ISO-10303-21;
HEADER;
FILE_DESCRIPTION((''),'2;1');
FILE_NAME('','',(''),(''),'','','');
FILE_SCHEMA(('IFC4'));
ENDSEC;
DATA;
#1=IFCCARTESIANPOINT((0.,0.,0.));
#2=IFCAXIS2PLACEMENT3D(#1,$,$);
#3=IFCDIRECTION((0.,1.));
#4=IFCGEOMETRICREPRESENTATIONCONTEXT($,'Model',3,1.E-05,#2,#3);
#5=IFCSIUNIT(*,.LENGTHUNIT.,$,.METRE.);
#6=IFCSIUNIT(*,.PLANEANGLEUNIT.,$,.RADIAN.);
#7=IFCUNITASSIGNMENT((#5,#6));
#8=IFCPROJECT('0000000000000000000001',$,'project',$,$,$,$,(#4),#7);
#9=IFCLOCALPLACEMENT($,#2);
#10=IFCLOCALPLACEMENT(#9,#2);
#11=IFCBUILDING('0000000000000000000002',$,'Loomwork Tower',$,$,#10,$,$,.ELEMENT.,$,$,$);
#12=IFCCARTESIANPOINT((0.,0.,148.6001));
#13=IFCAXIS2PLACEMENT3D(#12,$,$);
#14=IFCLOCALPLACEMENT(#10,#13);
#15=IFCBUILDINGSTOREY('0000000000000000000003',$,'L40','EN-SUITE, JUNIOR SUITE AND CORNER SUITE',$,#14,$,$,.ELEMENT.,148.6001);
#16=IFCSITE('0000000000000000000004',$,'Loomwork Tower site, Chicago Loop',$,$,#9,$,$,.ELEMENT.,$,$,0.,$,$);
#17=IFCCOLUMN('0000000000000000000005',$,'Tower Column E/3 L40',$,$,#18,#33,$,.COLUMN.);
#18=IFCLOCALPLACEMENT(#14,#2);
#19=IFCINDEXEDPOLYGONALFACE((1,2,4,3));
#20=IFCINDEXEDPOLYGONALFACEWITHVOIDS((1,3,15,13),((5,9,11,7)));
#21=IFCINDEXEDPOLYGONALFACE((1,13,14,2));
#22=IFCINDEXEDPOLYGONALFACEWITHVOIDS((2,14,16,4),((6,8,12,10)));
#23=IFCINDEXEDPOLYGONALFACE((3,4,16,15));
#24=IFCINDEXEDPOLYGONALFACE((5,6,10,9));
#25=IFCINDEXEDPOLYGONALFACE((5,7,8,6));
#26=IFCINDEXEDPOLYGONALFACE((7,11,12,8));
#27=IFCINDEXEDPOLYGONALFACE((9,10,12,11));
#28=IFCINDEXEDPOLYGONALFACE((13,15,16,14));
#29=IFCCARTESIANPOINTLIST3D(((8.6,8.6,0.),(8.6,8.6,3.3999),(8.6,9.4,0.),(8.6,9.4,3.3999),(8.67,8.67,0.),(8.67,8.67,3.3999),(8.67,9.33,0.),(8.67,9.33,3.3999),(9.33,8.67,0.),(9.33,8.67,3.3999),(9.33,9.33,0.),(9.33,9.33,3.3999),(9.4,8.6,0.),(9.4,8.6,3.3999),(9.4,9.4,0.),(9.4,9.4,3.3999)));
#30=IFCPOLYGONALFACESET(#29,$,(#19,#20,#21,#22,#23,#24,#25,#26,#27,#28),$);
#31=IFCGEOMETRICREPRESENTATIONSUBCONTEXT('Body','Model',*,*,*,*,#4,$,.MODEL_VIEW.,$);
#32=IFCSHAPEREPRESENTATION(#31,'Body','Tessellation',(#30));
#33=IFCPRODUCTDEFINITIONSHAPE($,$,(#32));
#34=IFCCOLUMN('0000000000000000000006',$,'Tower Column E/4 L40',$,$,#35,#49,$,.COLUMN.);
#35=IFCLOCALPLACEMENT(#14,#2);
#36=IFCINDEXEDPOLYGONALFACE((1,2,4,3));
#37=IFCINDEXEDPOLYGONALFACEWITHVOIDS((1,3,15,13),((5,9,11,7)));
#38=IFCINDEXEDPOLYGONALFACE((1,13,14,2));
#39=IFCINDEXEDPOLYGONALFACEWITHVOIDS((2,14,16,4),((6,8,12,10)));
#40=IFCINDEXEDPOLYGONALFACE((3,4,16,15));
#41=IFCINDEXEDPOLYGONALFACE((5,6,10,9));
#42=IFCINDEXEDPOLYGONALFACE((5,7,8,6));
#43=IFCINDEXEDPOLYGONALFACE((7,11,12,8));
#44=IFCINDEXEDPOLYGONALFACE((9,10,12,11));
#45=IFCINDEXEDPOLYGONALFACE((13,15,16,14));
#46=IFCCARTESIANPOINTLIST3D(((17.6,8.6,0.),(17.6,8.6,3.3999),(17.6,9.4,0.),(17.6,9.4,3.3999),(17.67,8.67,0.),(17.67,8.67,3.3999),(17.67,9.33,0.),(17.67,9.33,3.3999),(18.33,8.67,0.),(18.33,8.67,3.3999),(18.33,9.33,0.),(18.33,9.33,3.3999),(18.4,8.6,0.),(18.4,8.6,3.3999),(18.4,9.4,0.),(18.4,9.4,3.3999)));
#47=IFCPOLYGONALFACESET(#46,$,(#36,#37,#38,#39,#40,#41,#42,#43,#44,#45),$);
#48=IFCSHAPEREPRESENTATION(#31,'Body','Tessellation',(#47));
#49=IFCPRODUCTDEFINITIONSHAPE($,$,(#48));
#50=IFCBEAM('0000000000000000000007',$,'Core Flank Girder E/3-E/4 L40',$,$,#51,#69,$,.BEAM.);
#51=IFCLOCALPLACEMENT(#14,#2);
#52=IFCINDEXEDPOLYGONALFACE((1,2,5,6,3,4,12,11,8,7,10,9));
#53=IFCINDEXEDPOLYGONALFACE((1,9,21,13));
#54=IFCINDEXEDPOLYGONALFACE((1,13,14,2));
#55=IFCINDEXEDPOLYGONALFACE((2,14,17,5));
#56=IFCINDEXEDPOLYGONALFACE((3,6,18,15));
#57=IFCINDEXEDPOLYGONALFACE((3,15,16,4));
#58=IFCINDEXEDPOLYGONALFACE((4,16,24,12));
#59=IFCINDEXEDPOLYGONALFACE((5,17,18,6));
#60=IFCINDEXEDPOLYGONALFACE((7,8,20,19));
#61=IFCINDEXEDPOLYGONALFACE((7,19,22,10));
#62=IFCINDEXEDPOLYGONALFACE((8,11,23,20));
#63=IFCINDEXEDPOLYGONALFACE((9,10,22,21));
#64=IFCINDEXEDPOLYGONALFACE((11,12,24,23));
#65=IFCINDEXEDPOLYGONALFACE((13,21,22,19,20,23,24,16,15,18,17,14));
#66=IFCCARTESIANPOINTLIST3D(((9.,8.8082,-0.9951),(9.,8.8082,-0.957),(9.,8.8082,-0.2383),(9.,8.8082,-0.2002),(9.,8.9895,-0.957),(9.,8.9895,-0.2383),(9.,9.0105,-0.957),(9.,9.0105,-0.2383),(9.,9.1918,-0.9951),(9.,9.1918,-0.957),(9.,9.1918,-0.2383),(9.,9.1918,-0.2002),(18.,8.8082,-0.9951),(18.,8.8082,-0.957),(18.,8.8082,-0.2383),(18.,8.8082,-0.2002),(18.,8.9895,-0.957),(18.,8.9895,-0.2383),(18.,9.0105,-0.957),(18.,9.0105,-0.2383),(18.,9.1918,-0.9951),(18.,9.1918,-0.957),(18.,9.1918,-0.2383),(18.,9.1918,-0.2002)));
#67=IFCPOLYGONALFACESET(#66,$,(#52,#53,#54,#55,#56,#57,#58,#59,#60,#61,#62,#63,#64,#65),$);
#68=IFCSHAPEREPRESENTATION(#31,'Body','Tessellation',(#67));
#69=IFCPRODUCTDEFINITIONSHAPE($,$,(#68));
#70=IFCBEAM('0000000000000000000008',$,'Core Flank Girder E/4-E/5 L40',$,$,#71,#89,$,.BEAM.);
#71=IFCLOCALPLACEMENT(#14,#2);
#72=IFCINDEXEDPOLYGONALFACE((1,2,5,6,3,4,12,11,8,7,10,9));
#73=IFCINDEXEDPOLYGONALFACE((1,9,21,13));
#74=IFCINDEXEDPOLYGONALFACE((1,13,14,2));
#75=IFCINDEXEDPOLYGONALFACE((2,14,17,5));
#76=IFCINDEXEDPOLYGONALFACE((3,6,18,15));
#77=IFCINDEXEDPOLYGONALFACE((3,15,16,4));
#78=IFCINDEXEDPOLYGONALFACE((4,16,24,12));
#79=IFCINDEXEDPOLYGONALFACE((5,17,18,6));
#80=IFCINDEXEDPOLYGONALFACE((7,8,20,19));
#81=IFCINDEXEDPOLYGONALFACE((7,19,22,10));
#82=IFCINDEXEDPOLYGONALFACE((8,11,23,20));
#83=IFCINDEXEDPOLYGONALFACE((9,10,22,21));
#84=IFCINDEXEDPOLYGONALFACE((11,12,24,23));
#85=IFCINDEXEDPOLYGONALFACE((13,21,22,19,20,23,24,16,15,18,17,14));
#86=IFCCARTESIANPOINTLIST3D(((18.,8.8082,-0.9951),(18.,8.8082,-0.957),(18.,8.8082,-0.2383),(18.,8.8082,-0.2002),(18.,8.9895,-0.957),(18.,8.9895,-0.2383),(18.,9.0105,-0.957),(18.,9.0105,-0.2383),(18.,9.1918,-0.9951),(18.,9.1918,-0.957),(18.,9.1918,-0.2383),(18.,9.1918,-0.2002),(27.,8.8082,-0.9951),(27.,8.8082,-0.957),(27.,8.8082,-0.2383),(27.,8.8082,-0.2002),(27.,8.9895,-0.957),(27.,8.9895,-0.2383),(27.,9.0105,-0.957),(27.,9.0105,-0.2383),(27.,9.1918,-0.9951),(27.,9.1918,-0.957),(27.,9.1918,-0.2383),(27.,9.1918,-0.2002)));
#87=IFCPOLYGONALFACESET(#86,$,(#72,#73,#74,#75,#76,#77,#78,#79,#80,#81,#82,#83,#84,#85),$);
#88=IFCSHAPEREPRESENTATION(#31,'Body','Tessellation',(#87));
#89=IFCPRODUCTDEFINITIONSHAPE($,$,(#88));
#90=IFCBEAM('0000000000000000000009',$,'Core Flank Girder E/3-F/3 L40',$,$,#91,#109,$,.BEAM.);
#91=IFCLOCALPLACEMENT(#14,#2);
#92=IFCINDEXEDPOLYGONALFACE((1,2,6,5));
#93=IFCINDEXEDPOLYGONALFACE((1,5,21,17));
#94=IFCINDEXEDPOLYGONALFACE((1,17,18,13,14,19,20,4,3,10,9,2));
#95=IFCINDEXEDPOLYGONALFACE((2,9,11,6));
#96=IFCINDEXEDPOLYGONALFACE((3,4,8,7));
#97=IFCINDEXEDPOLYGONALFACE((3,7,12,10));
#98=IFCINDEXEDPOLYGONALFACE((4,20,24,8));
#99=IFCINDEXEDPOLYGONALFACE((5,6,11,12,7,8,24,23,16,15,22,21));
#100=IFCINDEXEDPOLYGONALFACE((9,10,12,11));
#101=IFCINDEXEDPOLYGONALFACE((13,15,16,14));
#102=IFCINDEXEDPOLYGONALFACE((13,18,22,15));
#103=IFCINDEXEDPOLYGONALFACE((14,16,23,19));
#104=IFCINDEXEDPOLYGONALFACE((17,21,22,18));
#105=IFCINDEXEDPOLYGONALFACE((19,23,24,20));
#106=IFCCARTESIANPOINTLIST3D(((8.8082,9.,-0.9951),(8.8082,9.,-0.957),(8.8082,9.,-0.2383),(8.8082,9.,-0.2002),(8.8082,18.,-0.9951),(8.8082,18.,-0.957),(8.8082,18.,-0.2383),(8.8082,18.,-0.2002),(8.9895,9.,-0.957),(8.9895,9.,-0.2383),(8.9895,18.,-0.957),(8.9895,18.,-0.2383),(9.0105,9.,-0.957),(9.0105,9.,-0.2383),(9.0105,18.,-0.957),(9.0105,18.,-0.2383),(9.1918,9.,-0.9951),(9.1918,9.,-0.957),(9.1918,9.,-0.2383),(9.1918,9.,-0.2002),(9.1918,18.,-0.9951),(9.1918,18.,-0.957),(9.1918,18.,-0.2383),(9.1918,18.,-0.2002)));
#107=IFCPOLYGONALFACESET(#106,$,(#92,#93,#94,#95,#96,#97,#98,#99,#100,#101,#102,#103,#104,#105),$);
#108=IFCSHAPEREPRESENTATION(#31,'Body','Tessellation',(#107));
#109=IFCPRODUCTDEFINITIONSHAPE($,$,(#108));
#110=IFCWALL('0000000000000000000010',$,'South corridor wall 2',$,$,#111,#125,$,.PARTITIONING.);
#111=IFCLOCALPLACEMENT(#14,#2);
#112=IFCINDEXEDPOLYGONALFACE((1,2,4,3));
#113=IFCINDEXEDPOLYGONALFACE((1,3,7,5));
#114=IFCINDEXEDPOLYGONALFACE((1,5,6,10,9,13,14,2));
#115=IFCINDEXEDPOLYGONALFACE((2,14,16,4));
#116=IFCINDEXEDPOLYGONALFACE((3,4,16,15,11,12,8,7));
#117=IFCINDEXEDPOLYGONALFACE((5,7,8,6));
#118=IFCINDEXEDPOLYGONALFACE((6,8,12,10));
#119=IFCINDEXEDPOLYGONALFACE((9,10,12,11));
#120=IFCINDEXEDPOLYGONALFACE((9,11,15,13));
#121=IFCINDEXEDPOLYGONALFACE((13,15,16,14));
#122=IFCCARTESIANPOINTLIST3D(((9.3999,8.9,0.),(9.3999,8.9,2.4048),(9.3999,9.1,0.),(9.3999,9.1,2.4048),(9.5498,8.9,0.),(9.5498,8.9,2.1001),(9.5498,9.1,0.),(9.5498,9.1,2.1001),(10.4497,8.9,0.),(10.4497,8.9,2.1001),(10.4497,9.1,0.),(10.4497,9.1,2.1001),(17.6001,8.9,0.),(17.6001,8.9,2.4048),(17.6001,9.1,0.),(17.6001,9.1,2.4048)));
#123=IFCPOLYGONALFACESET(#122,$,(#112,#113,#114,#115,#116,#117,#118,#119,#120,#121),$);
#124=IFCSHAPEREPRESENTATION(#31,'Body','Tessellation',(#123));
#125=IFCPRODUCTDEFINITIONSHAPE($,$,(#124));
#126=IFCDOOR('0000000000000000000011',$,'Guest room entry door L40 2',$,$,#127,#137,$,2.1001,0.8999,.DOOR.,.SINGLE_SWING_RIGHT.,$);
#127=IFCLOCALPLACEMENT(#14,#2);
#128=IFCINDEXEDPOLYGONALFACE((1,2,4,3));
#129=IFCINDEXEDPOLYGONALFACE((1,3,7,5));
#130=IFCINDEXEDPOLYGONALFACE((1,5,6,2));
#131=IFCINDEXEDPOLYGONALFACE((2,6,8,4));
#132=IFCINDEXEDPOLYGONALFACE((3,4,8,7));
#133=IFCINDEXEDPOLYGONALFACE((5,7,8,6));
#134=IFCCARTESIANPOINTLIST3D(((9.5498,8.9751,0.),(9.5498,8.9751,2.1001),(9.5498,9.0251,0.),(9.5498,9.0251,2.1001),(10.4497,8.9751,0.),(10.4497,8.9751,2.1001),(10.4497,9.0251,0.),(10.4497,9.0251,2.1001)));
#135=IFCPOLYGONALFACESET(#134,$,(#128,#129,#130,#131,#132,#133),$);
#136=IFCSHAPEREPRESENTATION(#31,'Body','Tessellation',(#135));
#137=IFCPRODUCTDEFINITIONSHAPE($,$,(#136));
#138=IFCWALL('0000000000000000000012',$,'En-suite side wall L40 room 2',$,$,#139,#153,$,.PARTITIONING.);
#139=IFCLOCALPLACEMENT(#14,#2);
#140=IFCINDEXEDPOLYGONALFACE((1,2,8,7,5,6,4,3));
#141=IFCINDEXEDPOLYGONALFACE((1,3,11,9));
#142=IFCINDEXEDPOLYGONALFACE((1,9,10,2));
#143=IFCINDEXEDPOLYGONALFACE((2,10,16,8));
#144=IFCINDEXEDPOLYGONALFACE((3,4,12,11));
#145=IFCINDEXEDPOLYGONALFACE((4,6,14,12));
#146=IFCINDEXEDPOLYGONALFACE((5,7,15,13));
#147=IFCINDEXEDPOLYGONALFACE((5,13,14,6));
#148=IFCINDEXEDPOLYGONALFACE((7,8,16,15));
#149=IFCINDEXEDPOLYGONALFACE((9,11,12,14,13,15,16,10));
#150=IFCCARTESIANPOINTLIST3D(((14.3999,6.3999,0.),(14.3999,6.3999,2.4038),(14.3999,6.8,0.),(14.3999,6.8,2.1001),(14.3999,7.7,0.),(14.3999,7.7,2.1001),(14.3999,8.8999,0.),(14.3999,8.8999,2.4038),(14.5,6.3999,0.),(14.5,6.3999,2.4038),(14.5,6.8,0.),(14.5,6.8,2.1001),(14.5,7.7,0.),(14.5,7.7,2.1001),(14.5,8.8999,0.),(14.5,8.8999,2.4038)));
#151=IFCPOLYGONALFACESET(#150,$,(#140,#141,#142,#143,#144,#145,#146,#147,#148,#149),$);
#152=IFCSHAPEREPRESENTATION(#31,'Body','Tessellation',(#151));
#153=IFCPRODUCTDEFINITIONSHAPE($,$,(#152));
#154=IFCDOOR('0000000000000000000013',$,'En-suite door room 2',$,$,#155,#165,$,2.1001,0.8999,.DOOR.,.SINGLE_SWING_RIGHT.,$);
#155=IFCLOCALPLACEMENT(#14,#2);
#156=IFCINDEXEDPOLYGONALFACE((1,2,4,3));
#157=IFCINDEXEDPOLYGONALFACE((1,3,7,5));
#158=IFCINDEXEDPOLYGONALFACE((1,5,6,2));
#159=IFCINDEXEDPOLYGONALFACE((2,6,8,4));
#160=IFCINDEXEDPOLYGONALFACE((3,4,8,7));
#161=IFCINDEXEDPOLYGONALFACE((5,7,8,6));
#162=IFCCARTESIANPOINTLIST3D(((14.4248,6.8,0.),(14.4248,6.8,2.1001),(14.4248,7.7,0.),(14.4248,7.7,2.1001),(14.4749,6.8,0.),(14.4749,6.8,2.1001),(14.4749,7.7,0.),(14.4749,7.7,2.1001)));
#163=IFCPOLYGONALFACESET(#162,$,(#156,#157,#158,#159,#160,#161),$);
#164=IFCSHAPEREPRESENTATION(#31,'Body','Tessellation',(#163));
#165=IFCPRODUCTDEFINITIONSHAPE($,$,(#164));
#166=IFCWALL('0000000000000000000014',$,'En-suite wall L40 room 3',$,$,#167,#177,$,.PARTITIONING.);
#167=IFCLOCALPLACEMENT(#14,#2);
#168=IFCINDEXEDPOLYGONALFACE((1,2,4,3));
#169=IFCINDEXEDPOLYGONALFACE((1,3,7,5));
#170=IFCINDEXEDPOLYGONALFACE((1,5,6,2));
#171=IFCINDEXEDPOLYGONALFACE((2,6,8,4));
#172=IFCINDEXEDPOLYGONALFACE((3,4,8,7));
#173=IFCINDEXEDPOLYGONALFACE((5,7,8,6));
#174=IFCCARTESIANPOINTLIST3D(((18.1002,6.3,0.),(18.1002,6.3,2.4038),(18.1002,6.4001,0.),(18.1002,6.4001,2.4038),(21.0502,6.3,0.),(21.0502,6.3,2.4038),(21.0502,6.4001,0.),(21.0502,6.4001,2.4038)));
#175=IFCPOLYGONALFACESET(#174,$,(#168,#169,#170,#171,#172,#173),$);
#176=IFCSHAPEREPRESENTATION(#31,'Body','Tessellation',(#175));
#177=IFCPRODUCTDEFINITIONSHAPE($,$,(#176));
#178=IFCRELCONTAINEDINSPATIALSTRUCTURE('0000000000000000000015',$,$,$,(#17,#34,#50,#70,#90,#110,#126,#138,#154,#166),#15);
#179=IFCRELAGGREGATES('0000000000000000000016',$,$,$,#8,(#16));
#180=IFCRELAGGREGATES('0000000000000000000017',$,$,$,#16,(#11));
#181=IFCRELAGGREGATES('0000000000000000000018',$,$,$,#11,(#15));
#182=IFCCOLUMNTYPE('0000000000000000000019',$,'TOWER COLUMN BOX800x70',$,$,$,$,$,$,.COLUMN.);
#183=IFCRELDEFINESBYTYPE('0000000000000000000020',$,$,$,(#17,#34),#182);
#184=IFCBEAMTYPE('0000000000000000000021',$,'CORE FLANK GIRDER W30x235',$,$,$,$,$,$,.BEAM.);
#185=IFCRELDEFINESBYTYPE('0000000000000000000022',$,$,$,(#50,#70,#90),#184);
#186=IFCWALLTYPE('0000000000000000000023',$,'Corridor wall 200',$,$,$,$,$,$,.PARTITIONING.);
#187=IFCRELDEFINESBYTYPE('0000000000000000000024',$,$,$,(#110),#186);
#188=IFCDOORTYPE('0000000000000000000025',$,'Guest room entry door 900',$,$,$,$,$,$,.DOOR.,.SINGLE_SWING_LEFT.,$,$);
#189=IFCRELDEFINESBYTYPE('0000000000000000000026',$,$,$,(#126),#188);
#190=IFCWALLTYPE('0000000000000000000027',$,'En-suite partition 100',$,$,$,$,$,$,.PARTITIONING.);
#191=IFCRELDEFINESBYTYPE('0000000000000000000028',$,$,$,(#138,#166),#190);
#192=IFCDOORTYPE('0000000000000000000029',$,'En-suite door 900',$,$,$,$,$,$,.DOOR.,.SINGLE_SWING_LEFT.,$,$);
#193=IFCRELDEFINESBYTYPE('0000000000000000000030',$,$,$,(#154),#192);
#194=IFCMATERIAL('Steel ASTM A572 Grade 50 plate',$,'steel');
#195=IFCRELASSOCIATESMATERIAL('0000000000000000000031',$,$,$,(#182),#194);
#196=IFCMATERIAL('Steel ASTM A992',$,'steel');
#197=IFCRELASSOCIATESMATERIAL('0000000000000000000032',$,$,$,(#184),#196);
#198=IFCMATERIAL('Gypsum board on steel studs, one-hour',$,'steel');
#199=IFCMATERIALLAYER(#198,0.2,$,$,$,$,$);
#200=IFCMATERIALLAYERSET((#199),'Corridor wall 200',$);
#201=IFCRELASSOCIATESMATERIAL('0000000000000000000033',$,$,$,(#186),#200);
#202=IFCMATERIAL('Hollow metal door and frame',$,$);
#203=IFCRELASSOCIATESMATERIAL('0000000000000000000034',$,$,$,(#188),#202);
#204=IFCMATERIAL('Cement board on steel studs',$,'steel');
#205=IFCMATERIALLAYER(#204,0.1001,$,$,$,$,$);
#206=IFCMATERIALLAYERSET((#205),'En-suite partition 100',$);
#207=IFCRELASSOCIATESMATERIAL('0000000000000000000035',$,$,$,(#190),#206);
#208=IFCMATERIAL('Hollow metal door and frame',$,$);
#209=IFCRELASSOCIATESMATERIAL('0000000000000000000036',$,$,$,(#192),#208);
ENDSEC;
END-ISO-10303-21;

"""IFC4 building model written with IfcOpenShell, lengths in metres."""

from ifc_helpers import new_model, si_unit, direction, frame, frame_2d, origin, origin_2d, place, context, subcontext, project, spatial, rectangle, hollow_rectangle, i_section, extrude, material, layer, layer_set, material_profile, profile_set, type_object, element, fill, save


model = new_model("IFC4")

# Units and contexts
model_context = context("Model", 3, precision=1e-05, world=origin(), true_north=direction((0.0, 1.0)))
body_context = subcontext(model_context, "Body", "Model", "MODEL_VIEW")
ifc_project = project(units=[si_unit("LENGTHUNIT", "METRE"), si_unit("PLANEANGLEUNIT", "RADIAN")], contexts=[model_context])

# Site, building, storey
site_placement = place(None, origin())
site = spatial("IfcSite", under=ifc_project, at=site_placement, Name="Loomwork Tower site, Chicago Loop", CompositionType="ELEMENT", RefElevation=0.0)
building_placement = place(site_placement, origin())
building = spatial("IfcBuilding", under=site, at=building_placement, Name="Loomwork Tower", CompositionType="ELEMENT")
storey_placement = place(building_placement, frame((0.0, 0.0, 148.6001)))
storey = spatial("IfcBuildingStorey", under=building, at=storey_placement, Name="L40", Description="EN-SUITE, JUNIOR SUITE AND CORNER SUITE", CompositionType="ELEMENT", Elevation=148.6001)

# Columns
ifc_material_1 = material(Name="Steel ASTM A572 Grade 50 plate", Category="steel")
ifc_material_profile_1 = material_profile(ifc_material_1, hollow_rectangle(XDim=0.8, YDim=0.8, WallThickness=0.0701, at=origin_2d()), Name="BOX800x70")
ifc_profile_set_1 = profile_set([ifc_material_profile_1], Name="Steel ASTM A572 Grade 50 plate")
column_type = type_object("IfcColumnType", Name="TOWER COLUMN BOX800x70", PredefinedType="COLUMN", material=ifc_profile_set_1)
for number, where, z_axis, x_axis, name in (
    (1, (9.0, 9.0, 0.0), (0.0, 0.0, 1.0), (1.0, 0.0, 0.0), "Tower Column E/3 L40"),
    (2, (18.0, 9.0, 0.0), (0.0, 0.0, 1.0), (1.0, 0.0, 0.0), "Tower Column E/4 L40"),
):
    element("IfcColumn", number, at=place(storey_placement, frame(where, z_axis=z_axis, x_axis=x_axis)), inside=storey, type_object=column_type, Name=name, PredefinedType="COLUMN", context=body_context, shape_type="SweptSolid", body=[
        extrude(hollow_rectangle(XDim=0.8, YDim=0.8, WallThickness=0.0701, at=origin_2d()), origin(), (0.0, 0.0, 1.0), 3.3999),
    ])

# Beams
ifc_material_2 = material(Name="Steel ASTM A992", Category="steel")
ifc_material_profile_2 = material_profile(ifc_material_2, i_section(OverallWidth=0.3835, OverallDepth=0.7949, WebThickness=0.021, FlangeThickness=0.0381, at=origin_2d()), Name="W30x235")
ifc_profile_set_2 = profile_set([ifc_material_profile_2], Name="Steel ASTM A992")
beam_type = type_object("IfcBeamType", Name="CORE FLANK GIRDER W30x235", PredefinedType="BEAM", material=ifc_profile_set_2)
for number, where, z_axis, x_axis, name in (
    (3, (9.0, 9.0, -0.5977), (1.0, 0.0, 0.0), (0.0, 1.0, 0.0), "Core Flank Girder E/3-E/4 L40"),
    (4, (18.0, 9.0, -0.5977), (1.0, 0.0, 0.0), (0.0, 1.0, 0.0), "Core Flank Girder E/4-E/5 L40"),
    (5, (9.0, 9.0, -0.5977), (0.0, 1.0, 0.0), (-1.0, 0.0, 0.0), "Core Flank Girder E/3-F/3 L40"),
):
    element("IfcBeam", number, at=place(storey_placement, frame(where, z_axis=z_axis, x_axis=x_axis)), inside=storey, type_object=beam_type, Name=name, PredefinedType="BEAM", context=body_context, shape_type="SweptSolid", body=[
        extrude(i_section(OverallWidth=0.3835, OverallDepth=0.7949, WebThickness=0.021, FlangeThickness=0.0381, at=origin_2d()), origin(), (0.0, 0.0, 1.0), 9.0),
    ])

# Walls, openings, doors
ifc_material_3 = material(Name="Gypsum board on steel studs, one-hour", Category="steel")
ifc_layer_1 = layer(ifc_material_3, 0.2)
ifc_layer_set_1 = layer_set([ifc_layer_1], Name="Corridor wall 200")
wall_type_1 = type_object("IfcWallType", Name="Corridor wall 200", PredefinedType="PARTITIONING", material=ifc_layer_set_1)
wall_1_placement = place(storey_placement, frame((9.3999, 9.0, 0.0), z_axis=(0.0, 0.0, 1.0), x_axis=(1.0, 0.0, 0.0)))
wall_1 = element("IfcWall", 6, at=wall_1_placement, inside=storey, type_object=wall_type_1, Name="South corridor wall 2", PredefinedType="PARTITIONING", context=body_context, shape_type="SweptSolid", body=[
    extrude(rectangle(XDim=8.2002, YDim=0.2, at=frame_2d((4.1001, 0.0))), origin(), (0.0, 0.0, 1.0), 2.4048),
])
opening_1_placement = place(wall_1_placement, frame((0.1499, 0.0, 0.0)))
opening_1 = element("IfcOpeningElement", 7, at=opening_1_placement, cuts=wall_1, PredefinedType="OPENING", context=body_context, shape_type="SweptSolid", body=[
    extrude(rectangle(XDim=0.8999, YDim=2.1001, at=frame_2d((0.45, 1.05))), frame((0.0, 0.1099, 0.0), z_axis=(0.0, -1.0, 0.0), x_axis=(1.0, 0.0, 0.0)), (0.0, 0.0, 1.0), 0.22),
])
ifc_material_4 = material(Name="Hollow metal door and frame")
door_type_1 = type_object("IfcDoorType", Name="Guest room entry door 900", OperationType="SINGLE_SWING_LEFT", PredefinedType="DOOR", material=ifc_material_4)
door_1_placement = place(opening_1_placement, frame((0.8999, 0.0, 0.0), z_axis=(0.0, 0.0, 1.0), x_axis=(-1.0, 0.0, 0.0)))
door_1 = element("IfcDoor", 8, at=door_1_placement, inside=storey, type_object=door_type_1, Name="Guest room entry door L40 2", OperationType="SINGLE_SWING_RIGHT", OverallHeight=2.1001, OverallWidth=0.8999, PredefinedType="DOOR", context=body_context, shape_type="SweptSolid", body=[
    extrude(rectangle(XDim=0.8999, YDim=2.1001, at=frame_2d((0.45, 1.05))), frame((0.0, 0.0249, 0.0), z_axis=(0.0, -1.0, 0.0), x_axis=(1.0, 0.0, 0.0)), (0.0, 0.0, 1.0), 0.05),
])
fill(opening_1, door_1)
ifc_material_5 = material(Name="Cement board on steel studs", Category="steel")
ifc_layer_2 = layer(ifc_material_5, 0.1001)
ifc_layer_set_2 = layer_set([ifc_layer_2], Name="En-suite partition 100")
wall_type_2 = type_object("IfcWallType", Name="En-suite partition 100", PredefinedType="PARTITIONING", material=ifc_layer_set_2)
wall_2_placement = place(storey_placement, frame((14.45, 8.8999, 0.0), z_axis=(0.0, 0.0, 1.0), x_axis=(0.0, -1.0, 0.0)))
wall_2 = element("IfcWall", 9, at=wall_2_placement, inside=storey, type_object=wall_type_2, Name="En-suite side wall L40 room 2", PredefinedType="PARTITIONING", context=body_context, shape_type="SweptSolid", body=[
    extrude(rectangle(XDim=2.5, YDim=0.1001, at=frame_2d((1.25, 0.0))), origin(), (0.0, 0.0, 1.0), 2.4038),
])
opening_2_placement = place(wall_2_placement, frame((1.2, 0.0, 0.0)))
opening_2 = element("IfcOpeningElement", 10, at=opening_2_placement, cuts=wall_2, PredefinedType="OPENING", context=body_context, shape_type="SweptSolid", body=[
    extrude(rectangle(XDim=0.8999, YDim=2.1001, at=frame_2d((0.45, 1.05))), frame((0.0, 0.0601, 0.0), z_axis=(0.0, -1.0, 0.0), x_axis=(1.0, 0.0, 0.0)), (0.0, 0.0, 1.0), 0.1201),
])
ifc_material_6 = material(Name="Hollow metal door and frame")
door_type_2 = type_object("IfcDoorType", Name="En-suite door 900", OperationType="SINGLE_SWING_LEFT", PredefinedType="DOOR", material=ifc_material_6)
door_2_placement = place(opening_2_placement, origin())
door_2 = element("IfcDoor", 11, at=door_2_placement, inside=storey, type_object=door_type_2, Name="En-suite door room 2", OperationType="SINGLE_SWING_RIGHT", OverallHeight=2.1001, OverallWidth=0.8999, PredefinedType="DOOR", context=body_context, shape_type="SweptSolid", body=[
    extrude(rectangle(XDim=0.8999, YDim=2.1001, at=frame_2d((0.45, 1.05))), frame((0.0, 0.0249, 0.0), z_axis=(0.0, -1.0, 0.0), x_axis=(1.0, 0.0, 0.0)), (0.0, 0.0, 1.0), 0.05),
])
fill(opening_2, door_2)

# Wall
wall_3_placement = place(storey_placement, frame((18.1001, 6.3501, 0.0), z_axis=(0.0, 0.0, 1.0), x_axis=(1.0, 0.0, 0.0)))
element("IfcWall", 12, at=wall_3_placement, inside=storey, type_object=wall_type_2, Name="En-suite wall L40 room 3", PredefinedType="PARTITIONING", context=body_context, shape_type="SweptSolid", body=[
    extrude(rectangle(XDim=2.95, YDim=0.1001, at=frame_2d((1.4751, 0.0))), origin(), (0.0, 0.0, 1.0), 2.4038),
])

save(model, "model.ifc")
